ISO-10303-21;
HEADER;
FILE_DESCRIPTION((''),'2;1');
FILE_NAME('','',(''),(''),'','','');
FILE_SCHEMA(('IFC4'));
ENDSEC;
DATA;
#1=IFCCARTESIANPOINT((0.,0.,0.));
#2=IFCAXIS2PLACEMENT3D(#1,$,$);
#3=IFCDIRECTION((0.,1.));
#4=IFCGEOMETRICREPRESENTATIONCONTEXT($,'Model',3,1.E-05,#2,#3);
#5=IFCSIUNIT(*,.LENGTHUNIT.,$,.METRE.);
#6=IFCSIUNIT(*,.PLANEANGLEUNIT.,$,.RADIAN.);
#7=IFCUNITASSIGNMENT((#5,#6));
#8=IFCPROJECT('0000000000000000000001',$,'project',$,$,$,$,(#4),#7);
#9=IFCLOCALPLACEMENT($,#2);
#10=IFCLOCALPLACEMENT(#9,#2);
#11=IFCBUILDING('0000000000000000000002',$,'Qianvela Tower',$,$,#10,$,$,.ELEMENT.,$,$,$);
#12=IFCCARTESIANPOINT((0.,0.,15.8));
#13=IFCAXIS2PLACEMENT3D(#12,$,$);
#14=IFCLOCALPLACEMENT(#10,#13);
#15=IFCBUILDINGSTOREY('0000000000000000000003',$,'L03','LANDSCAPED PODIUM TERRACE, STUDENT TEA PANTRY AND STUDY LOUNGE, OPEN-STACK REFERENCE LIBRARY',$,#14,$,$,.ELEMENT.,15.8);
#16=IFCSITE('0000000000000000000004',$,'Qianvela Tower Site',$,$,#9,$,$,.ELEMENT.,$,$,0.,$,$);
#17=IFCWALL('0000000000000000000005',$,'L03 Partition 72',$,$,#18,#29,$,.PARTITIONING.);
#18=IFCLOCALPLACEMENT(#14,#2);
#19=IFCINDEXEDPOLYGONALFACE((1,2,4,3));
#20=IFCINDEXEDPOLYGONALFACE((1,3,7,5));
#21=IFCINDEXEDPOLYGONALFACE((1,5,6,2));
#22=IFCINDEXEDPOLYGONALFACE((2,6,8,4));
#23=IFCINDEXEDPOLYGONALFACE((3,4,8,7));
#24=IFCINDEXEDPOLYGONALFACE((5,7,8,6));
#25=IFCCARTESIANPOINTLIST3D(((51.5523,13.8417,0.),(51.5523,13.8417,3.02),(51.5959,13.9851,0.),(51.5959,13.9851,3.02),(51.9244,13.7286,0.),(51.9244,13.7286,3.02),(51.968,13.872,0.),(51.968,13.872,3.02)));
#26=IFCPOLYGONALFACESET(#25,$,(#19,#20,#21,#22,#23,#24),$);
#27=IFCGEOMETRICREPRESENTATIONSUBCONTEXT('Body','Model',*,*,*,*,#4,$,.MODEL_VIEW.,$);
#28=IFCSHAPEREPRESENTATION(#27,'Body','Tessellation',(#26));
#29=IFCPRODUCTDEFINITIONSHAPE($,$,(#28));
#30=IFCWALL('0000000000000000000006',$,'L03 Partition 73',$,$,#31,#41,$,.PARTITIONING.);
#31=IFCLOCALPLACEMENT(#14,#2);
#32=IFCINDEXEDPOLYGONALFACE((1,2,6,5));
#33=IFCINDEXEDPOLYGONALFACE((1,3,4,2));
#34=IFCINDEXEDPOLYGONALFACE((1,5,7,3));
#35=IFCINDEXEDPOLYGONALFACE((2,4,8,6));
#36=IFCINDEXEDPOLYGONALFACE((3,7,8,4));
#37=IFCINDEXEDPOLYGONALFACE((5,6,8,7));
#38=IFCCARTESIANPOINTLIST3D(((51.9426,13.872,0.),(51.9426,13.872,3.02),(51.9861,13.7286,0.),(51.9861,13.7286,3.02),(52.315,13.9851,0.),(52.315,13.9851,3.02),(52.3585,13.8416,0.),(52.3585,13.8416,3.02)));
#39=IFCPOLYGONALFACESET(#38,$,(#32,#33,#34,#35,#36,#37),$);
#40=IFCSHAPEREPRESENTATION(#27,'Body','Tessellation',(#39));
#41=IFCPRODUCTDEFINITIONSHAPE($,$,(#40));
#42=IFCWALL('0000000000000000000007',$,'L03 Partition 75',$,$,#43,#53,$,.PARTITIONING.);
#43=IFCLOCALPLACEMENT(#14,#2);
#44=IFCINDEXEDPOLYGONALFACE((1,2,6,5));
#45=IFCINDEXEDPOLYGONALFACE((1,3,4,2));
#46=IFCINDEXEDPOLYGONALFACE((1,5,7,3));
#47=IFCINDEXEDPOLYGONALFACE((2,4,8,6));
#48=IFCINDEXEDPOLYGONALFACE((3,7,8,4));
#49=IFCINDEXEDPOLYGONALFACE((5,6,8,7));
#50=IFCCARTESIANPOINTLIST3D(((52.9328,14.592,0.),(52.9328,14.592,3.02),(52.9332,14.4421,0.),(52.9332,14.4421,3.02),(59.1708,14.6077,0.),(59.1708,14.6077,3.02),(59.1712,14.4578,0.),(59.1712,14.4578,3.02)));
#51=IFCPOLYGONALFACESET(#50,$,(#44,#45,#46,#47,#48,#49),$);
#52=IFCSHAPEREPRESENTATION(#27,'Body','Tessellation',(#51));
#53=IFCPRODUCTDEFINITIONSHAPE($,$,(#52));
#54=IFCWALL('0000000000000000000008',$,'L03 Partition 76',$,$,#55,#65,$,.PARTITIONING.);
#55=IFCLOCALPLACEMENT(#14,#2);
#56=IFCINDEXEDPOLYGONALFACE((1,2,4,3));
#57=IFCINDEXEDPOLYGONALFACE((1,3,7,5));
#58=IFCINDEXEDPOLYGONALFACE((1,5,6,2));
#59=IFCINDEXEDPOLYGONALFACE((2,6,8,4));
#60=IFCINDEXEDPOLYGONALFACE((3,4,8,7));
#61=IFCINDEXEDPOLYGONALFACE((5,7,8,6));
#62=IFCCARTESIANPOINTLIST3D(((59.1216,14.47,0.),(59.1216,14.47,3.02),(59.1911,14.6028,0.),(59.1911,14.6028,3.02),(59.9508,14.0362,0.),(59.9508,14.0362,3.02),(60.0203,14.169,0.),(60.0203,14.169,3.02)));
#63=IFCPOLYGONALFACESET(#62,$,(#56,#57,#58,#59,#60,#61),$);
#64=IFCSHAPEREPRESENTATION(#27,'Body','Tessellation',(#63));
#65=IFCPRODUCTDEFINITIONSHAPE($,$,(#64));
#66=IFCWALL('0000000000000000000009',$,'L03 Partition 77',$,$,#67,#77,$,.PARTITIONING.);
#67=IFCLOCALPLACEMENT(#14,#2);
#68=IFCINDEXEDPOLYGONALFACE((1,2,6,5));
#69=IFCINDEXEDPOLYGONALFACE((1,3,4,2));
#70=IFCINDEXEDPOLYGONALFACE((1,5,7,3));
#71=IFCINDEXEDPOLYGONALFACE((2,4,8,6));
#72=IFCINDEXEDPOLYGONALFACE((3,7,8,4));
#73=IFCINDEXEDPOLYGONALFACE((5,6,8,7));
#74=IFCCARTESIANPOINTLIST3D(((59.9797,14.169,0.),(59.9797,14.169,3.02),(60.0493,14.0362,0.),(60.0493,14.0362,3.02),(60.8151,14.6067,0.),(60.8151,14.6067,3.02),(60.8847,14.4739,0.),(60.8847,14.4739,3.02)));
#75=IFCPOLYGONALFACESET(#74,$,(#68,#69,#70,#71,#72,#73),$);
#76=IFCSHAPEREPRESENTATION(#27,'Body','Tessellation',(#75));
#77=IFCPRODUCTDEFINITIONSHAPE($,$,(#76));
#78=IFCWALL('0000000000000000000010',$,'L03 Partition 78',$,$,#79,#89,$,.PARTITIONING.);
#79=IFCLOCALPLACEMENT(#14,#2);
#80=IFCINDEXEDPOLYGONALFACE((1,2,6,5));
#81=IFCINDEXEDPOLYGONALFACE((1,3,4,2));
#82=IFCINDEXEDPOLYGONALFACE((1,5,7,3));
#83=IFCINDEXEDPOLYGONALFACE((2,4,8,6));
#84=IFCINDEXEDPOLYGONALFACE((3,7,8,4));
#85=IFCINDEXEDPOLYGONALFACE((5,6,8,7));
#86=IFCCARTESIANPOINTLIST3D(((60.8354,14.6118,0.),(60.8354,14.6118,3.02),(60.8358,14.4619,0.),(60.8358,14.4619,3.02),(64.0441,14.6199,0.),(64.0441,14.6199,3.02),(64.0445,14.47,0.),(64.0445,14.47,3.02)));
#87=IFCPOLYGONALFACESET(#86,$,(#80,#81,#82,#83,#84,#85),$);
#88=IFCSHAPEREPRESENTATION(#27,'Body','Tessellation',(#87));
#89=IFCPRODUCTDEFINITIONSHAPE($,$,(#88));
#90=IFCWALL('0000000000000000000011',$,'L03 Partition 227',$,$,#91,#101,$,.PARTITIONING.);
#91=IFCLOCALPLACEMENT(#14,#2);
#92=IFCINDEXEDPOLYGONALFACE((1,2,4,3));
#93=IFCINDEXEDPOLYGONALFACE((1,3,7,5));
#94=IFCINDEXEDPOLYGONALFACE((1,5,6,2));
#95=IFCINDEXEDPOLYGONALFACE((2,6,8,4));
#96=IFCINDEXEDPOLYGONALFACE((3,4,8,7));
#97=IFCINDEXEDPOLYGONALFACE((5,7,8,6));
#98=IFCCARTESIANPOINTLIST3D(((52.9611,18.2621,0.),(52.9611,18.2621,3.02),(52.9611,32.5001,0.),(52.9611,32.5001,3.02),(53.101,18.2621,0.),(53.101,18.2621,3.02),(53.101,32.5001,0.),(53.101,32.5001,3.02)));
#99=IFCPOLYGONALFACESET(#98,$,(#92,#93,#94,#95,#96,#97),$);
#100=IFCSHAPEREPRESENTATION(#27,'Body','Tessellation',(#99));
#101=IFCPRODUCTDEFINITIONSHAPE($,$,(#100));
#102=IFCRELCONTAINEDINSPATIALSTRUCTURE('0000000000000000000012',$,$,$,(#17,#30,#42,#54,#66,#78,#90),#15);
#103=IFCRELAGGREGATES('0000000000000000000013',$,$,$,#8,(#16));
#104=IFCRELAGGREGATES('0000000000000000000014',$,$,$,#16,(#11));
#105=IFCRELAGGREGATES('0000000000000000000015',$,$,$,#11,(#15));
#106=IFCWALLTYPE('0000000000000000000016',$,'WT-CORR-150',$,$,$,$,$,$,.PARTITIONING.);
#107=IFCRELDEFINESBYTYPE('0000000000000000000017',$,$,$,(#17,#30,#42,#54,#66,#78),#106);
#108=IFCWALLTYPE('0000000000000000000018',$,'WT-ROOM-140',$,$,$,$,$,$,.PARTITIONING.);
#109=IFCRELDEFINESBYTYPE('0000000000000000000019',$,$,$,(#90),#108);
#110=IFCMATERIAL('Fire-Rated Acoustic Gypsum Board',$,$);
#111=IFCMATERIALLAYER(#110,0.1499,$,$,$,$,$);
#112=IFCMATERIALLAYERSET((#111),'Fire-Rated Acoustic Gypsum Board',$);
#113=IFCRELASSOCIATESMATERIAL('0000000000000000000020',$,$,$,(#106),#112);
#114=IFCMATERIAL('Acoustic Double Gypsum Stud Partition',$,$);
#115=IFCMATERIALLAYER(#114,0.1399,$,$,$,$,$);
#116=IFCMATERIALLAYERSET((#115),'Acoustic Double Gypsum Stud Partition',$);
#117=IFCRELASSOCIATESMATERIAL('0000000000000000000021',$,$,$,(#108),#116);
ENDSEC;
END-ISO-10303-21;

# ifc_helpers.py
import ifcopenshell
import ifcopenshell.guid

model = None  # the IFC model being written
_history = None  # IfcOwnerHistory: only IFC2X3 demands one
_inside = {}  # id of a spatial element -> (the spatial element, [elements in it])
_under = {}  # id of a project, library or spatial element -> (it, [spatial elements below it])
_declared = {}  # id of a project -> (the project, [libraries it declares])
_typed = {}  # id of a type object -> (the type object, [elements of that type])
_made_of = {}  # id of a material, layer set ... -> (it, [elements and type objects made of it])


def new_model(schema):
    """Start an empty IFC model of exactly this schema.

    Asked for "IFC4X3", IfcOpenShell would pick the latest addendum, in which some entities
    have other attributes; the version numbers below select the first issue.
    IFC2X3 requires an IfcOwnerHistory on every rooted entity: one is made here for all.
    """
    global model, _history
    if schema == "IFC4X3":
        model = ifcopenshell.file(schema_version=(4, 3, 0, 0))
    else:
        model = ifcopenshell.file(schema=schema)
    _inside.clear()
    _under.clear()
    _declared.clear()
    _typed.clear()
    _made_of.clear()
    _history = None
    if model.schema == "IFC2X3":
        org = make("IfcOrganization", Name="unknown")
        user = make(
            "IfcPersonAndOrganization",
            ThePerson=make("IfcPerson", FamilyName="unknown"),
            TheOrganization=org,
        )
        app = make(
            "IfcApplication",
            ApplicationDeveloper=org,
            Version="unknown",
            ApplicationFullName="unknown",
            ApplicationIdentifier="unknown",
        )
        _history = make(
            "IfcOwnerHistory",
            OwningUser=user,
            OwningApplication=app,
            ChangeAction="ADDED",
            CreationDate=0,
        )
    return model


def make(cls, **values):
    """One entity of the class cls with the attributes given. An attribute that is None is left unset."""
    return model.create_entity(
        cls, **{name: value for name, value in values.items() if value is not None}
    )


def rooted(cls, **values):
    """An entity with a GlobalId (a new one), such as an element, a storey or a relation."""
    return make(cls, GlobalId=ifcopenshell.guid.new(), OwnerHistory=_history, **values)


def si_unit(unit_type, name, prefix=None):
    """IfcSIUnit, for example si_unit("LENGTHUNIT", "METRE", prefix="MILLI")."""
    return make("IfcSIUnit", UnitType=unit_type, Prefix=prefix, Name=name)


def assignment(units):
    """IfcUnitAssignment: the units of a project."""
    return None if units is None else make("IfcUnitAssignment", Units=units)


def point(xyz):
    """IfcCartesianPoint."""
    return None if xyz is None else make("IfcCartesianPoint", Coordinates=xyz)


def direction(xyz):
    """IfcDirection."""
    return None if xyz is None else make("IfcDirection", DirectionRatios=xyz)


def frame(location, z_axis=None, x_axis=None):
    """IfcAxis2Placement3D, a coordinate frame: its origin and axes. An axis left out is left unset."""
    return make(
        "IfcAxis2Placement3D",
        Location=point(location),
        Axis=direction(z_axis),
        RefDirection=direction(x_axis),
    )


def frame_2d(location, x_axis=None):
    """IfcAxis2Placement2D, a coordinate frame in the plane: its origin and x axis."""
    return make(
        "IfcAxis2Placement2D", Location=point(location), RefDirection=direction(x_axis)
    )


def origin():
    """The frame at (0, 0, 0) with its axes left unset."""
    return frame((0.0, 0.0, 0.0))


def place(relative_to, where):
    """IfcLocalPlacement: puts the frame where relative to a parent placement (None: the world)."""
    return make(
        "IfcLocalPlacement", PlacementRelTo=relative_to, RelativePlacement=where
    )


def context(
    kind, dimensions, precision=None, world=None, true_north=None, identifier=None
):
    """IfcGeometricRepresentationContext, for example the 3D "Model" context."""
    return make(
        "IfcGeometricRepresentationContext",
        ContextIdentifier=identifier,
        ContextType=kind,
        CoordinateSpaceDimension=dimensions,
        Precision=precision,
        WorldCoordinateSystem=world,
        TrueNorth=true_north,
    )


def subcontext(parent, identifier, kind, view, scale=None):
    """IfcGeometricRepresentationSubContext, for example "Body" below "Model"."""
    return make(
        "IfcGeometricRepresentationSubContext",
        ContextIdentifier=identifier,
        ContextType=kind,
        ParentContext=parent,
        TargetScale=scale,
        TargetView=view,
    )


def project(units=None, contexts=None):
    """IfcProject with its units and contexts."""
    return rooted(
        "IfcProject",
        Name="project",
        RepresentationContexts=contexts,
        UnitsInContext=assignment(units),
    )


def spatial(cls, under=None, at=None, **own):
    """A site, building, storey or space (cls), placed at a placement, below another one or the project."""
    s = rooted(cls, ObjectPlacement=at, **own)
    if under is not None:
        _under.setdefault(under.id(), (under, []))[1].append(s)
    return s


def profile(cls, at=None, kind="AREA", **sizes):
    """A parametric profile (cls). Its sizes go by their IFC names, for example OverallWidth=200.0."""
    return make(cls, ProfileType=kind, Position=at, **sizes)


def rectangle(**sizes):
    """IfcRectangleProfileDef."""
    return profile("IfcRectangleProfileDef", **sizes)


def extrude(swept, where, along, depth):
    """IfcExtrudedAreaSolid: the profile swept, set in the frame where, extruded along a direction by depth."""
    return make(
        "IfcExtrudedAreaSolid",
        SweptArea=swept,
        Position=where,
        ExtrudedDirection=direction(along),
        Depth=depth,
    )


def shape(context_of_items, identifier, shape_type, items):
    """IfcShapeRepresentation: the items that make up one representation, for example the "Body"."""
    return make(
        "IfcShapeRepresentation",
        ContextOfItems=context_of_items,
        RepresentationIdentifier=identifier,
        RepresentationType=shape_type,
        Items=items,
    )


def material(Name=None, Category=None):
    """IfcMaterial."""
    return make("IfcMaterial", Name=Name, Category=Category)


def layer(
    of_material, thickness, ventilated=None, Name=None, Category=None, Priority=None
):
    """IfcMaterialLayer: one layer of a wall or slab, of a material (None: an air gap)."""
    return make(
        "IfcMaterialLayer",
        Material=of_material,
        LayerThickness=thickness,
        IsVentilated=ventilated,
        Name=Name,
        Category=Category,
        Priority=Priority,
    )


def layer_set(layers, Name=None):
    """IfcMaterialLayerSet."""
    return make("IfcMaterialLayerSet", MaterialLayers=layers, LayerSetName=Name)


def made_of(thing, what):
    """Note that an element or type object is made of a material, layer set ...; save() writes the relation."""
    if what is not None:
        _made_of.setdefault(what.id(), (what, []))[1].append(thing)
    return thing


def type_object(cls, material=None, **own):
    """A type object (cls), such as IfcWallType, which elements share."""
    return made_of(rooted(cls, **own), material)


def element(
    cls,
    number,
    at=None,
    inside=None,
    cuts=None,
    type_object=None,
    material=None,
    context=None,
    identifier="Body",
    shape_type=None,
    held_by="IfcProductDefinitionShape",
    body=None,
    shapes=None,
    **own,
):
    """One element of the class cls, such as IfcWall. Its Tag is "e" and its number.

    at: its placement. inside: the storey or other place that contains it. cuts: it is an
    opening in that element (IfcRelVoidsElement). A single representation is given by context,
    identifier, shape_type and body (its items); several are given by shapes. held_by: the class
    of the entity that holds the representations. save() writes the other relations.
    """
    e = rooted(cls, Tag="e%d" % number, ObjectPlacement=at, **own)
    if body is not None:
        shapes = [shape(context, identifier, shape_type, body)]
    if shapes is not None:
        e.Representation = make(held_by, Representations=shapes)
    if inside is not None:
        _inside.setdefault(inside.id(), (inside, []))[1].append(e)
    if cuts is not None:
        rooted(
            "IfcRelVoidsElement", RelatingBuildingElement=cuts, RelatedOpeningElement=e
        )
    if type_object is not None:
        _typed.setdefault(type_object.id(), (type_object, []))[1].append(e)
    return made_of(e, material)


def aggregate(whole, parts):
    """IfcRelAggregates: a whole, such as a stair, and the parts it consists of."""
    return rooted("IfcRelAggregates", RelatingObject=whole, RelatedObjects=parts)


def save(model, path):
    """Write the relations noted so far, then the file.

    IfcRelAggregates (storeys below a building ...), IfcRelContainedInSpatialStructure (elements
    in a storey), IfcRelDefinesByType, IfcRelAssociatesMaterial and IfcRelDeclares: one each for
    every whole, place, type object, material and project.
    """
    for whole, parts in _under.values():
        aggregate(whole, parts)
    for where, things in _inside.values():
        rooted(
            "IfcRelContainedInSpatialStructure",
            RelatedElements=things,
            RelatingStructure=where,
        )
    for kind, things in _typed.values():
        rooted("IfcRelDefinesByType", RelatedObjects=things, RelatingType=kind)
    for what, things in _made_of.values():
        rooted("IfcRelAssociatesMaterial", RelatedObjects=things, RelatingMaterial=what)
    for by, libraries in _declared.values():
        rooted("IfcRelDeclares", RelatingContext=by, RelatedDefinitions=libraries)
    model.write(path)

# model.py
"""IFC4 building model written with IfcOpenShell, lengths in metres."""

from ifc_helpers import new_model, si_unit, direction, frame, frame_2d, origin, place, context, subcontext, project, spatial, rectangle, extrude, material, layer, layer_set, type_object, element, save


model = new_model("IFC4")

# Units and contexts
model_context = context("Model", 3, precision=1e-05, world=origin(), true_north=direction((0.0, 1.0)))
body_context = subcontext(model_context, "Body", "Model", "MODEL_VIEW")
ifc_project = project(units=[si_unit("LENGTHUNIT", "METRE"), si_unit("PLANEANGLEUNIT", "RADIAN")], contexts=[model_context])

# Site, building, storey
site_placement = place(None, origin())
site = spatial("IfcSite", under=ifc_project, at=site_placement, Name="Qianvela Tower Site", CompositionType="ELEMENT", RefElevation=0.0)
building_placement = place(site_placement, origin())
building = spatial("IfcBuilding", under=site, at=building_placement, Name="Qianvela Tower", CompositionType="ELEMENT")
storey_placement = place(building_placement, frame((0.0, 0.0, 15.8)))
storey = spatial("IfcBuildingStorey", under=building, at=storey_placement, Name="L03", Description="LANDSCAPED PODIUM TERRACE, STUDENT TEA PANTRY AND STUDY LOUNGE, OPEN-STACK REFERENCE LIBRARY", CompositionType="ELEMENT", Elevation=15.8)

# Walls
ifc_material_1 = material(Name="Fire-Rated Acoustic Gypsum Board")
ifc_layer_1 = layer(ifc_material_1, 0.1499)
ifc_layer_set_1 = layer_set([ifc_layer_1], Name="Fire-Rated Acoustic Gypsum Board")
wall_type_1 = type_object("IfcWallType", Name="WT-CORR-150", PredefinedType="PARTITIONING", material=ifc_layer_set_1)
wall_1_placement = place(storey_placement, frame((51.5742, 13.9133, 0.0), z_axis=(0.0, 0.0, 1.0), x_axis=(0.956818, -0.290687, 0.0)))
element("IfcWall", 1, at=wall_1_placement, inside=storey, type_object=wall_type_1, Name="L03 Partition 72", PredefinedType="PARTITIONING", context=body_context, shape_type="SweptSolid", body=[
    extrude(rectangle(XDim=0.3889, YDim=0.1499, at=frame_2d((0.1943, 0.0))), origin(), (0.0, 0.0, 1.0), 3.02),
])
wall_2_placement = place(storey_placement, frame((51.9644, 13.8003, 0.0), z_axis=(0.0, 0.0, 1.0), x_axis=(0.956871, 0.290512, 0.0)))
element("IfcWall", 2, at=wall_2_placement, inside=storey, type_object=wall_type_1, Name="L03 Partition 73", PredefinedType="PARTITIONING", context=body_context, shape_type="SweptSolid", body=[
    extrude(rectangle(XDim=0.3892, YDim=0.1499, at=frame_2d((0.1946, 0.0))), origin(), (0.0, 0.0, 1.0), 3.02),
])
wall_3_placement = place(storey_placement, frame((52.9329, 14.5171, 0.0), z_axis=(0.0, 0.0, 1.0), x_axis=(0.999997, 0.002505, 0.0)))
element("IfcWall", 3, at=wall_3_placement, inside=storey, type_object=wall_type_1, Name="L03 Partition 75", PredefinedType="PARTITIONING", context=body_context, shape_type="SweptSolid", body=[
    extrude(rectangle(XDim=6.238, YDim=0.1499, at=frame_2d((3.1191, 0.0))), origin(), (0.0, 0.0, 1.0), 3.02),
])
wall_4_placement = place(storey_placement, frame((59.1565, 14.5364, 0.0), z_axis=(0.0, 0.0, 1.0), x_axis=(0.886031, -0.463627, 0.0)))
element("IfcWall", 4, at=wall_4_placement, inside=storey, type_object=wall_type_1, Name="L03 Partition 76", PredefinedType="PARTITIONING", context=body_context, shape_type="SweptSolid", body=[
    extrude(rectangle(XDim=0.9358, YDim=0.1499, at=frame_2d((0.4678, 0.0))), origin(), (0.0, 0.0, 1.0), 3.02),
])
wall_5_placement = place(storey_placement, frame((60.0144, 14.1025, 0.0), z_axis=(0.0, 0.0, 1.0), x_axis=(0.885776, 0.464113, 0.0)))
element("IfcWall", 5, at=wall_5_placement, inside=storey, type_object=wall_type_1, Name="L03 Partition 77", PredefinedType="PARTITIONING", context=body_context, shape_type="SweptSolid", body=[
    extrude(rectangle(XDim=0.9431, YDim=0.1499, at=frame_2d((0.4717, 0.0))), origin(), (0.0, 0.0, 1.0), 3.02),
])
wall_6_placement = place(storey_placement, frame((60.8354, 14.5369, 0.0), z_axis=(0.0, 0.0, 1.0), x_axis=(0.999997, 0.002511, 0.0)))
element("IfcWall", 6, at=wall_6_placement, inside=storey, type_object=wall_type_1, Name="L03 Partition 78", PredefinedType="PARTITIONING", context=body_context, shape_type="SweptSolid", body=[
    extrude(rectangle(XDim=3.2087, YDim=0.1499, at=frame_2d((1.6045, 0.0))), origin(), (0.0, 0.0, 1.0), 3.02),
])
ifc_material_2 = material(Name="Acoustic Double Gypsum Stud Partition")
ifc_layer_2 = layer(ifc_material_2, 0.1399)
ifc_layer_set_2 = layer_set([ifc_layer_2], Name="Acoustic Double Gypsum Stud Partition")
wall_type_2 = type_object("IfcWallType", Name="WT-ROOM-140", PredefinedType="PARTITIONING", material=ifc_layer_set_2)
wall_7_placement = place(storey_placement, frame((53.031, 18.262, 0.0), z_axis=(0.0, 0.0, 1.0), x_axis=(0.0, 1.0, 0.0)))
element("IfcWall", 7, at=wall_7_placement, inside=storey, type_object=wall_type_2, Name="L03 Partition 227", PredefinedType="PARTITIONING", context=body_context, shape_type="SweptSolid", body=[
    extrude(rectangle(XDim=14.238, YDim=0.1399, at=frame_2d((7.1191, 0.0))), origin(), (0.0, 0.0, 1.0), 3.02),
])

save(model, "model.ifc")
